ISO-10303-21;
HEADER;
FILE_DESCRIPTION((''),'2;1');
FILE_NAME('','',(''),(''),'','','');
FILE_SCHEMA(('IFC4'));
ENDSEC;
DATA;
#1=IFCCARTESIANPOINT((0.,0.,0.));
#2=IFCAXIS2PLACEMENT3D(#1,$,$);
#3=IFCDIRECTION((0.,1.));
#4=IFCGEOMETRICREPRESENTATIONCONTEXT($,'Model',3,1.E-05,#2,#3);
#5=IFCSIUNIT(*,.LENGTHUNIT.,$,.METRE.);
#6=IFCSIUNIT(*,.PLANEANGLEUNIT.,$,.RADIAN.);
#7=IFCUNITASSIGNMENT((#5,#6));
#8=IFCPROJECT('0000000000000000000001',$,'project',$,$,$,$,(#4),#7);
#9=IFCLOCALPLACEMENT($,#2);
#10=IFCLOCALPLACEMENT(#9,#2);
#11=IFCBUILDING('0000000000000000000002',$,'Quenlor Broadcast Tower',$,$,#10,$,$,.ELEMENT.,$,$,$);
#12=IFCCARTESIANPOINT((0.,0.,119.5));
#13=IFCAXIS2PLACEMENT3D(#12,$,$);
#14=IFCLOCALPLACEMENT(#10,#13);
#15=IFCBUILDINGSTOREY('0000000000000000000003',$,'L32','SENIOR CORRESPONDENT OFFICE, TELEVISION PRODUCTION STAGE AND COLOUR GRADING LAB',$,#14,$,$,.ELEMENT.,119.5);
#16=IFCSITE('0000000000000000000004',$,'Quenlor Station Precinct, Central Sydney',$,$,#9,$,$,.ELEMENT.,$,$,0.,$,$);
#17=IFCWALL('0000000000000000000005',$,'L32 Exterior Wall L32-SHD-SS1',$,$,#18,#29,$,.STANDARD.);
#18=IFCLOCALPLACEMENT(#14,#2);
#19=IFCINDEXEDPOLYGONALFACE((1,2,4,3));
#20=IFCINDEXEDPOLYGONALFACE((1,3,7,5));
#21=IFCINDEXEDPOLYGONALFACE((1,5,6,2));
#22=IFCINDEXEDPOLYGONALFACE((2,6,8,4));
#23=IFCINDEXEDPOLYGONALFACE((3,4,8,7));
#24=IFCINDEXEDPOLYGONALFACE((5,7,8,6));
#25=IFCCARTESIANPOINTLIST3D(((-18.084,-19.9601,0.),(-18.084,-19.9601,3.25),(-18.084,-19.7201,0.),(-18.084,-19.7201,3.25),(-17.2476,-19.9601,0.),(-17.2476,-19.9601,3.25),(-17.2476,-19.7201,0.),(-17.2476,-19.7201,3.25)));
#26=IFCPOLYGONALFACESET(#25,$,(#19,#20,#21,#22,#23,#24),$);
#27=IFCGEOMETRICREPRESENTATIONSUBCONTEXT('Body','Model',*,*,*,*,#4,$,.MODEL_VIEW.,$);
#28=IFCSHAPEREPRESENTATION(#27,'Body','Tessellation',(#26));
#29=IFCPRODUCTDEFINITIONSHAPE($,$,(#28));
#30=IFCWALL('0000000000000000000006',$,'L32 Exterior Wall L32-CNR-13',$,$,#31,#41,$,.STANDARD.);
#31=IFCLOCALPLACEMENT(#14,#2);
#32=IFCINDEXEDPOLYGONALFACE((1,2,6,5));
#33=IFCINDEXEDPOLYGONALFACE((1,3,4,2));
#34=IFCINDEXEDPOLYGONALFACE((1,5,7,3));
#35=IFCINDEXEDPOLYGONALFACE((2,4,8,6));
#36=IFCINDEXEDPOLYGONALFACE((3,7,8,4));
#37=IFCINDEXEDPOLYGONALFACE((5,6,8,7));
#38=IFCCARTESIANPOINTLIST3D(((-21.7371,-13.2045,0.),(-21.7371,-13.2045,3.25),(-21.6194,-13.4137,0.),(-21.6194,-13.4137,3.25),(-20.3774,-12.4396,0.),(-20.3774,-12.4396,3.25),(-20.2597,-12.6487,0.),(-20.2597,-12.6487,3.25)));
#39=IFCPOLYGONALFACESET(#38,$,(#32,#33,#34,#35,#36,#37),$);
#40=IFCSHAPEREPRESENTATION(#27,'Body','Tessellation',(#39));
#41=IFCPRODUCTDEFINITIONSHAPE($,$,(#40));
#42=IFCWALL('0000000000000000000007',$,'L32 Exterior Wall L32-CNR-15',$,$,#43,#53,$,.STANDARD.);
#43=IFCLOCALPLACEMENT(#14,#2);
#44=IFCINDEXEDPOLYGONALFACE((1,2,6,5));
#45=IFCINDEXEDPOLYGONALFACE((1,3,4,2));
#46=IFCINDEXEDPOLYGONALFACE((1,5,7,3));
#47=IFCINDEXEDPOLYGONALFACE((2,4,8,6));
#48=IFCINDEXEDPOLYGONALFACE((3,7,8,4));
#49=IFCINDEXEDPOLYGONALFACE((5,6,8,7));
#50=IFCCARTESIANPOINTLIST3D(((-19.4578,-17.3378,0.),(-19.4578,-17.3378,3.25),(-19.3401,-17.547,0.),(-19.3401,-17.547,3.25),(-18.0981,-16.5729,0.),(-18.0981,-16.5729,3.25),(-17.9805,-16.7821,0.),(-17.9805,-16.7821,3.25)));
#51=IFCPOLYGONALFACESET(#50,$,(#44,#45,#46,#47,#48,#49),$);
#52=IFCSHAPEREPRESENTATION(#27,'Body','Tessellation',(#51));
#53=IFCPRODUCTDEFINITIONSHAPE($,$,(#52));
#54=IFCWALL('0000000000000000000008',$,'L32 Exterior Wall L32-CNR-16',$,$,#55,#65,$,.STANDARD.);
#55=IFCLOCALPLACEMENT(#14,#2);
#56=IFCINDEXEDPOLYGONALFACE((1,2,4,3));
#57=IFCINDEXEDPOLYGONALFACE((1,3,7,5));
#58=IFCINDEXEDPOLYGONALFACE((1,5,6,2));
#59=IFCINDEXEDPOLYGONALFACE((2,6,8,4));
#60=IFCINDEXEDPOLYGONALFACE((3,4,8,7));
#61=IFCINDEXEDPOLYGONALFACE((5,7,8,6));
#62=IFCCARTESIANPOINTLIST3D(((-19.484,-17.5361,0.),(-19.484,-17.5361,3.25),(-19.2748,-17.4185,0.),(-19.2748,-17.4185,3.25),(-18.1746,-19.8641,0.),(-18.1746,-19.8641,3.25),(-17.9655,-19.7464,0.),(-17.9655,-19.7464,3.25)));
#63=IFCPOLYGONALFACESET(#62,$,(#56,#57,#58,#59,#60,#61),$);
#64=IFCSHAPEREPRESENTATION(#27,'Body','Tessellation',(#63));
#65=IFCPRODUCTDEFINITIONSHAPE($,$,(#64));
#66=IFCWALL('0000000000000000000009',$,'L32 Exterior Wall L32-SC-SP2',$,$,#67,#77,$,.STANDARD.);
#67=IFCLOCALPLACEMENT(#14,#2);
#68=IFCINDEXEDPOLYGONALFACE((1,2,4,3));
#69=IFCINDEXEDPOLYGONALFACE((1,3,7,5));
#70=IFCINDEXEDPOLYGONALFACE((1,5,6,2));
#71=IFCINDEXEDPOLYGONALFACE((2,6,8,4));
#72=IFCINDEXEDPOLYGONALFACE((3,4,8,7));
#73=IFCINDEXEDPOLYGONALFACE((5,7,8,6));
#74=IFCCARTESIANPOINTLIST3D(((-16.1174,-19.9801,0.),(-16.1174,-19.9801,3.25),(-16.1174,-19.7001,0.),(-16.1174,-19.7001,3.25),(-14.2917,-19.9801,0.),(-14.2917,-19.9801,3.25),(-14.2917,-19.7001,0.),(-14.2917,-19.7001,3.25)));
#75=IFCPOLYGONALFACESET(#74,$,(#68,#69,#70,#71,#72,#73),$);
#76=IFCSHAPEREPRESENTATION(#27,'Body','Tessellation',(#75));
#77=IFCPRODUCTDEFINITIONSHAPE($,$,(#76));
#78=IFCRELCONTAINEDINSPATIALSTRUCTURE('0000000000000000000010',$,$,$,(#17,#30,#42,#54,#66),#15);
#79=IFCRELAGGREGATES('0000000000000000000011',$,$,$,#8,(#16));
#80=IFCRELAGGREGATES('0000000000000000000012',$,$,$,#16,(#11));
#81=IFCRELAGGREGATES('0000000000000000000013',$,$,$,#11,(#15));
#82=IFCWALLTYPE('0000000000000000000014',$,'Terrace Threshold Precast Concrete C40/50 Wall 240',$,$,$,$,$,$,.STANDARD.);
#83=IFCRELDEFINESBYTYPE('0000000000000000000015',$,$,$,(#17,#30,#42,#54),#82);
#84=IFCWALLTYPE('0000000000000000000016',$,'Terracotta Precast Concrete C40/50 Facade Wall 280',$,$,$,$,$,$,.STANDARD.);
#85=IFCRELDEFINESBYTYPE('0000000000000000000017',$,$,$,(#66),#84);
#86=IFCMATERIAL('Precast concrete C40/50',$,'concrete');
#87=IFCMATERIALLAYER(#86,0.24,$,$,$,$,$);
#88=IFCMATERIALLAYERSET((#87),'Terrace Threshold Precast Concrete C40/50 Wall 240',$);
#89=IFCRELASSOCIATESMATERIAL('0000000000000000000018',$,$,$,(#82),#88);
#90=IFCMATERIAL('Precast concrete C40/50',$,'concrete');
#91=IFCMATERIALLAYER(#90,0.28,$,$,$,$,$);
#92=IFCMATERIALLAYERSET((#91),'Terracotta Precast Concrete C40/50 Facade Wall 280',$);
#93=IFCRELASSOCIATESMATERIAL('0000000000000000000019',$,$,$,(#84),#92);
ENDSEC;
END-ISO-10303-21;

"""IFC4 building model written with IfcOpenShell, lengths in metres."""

from ifc_helpers import new_model, si_unit, direction, frame, frame_2d, origin, place, context, subcontext, project, spatial, rectangle, extrude, material, layer, layer_set, type_object, element, save


model = new_model("IFC4")

# Units and contexts
model_context = context("Model", 3, precision=1e-05, world=origin(), true_north=direction((0.0, 1.0)))
body_context = subcontext(model_context, "Body", "Model", "MODEL_VIEW")
ifc_project = project(units=[si_unit("LENGTHUNIT", "METRE"), si_unit("PLANEANGLEUNIT", "RADIAN")], contexts=[model_context])

# Site, building, storey
site_placement = place(None, origin())
site = spatial("IfcSite", under=ifc_project, at=site_placement, Name="Quenlor Station Precinct, Central Sydney", CompositionType="ELEMENT", RefElevation=0.0)
building_placement = place(site_placement, origin())
building = spatial("IfcBuilding", under=site, at=building_placement, Name="Quenlor Broadcast Tower", CompositionType="ELEMENT")
storey_placement = place(building_placement, frame((0.0, 0.0, 119.5)))
storey = spatial("IfcBuildingStorey", under=building, at=storey_placement, Name="L32", Description="SENIOR CORRESPONDENT OFFICE, TELEVISION PRODUCTION STAGE AND COLOUR GRADING LAB", CompositionType="ELEMENT", Elevation=119.5)

# Walls
ifc_material_1 = material(Name="Precast concrete C40/50", Category="concrete")
ifc_layer_1 = layer(ifc_material_1, 0.24)
ifc_layer_set_1 = layer_set([ifc_layer_1], Name="Terrace Threshold Precast Concrete C40/50 Wall 240")
wall_type_1 = type_object("IfcWallType", Name="Terrace Threshold Precast Concrete C40/50 Wall 240", PredefinedType="STANDARD", material=ifc_layer_set_1)
wall_1_placement = place(storey_placement, frame((-17.2476, -19.8401, 0.0), z_axis=(0.0, 0.0, 1.0), x_axis=(-1.0, 0.0, 0.0)))
element("IfcWall", 1, at=wall_1_placement, inside=storey, type_object=wall_type_1, Name="L32 Exterior Wall L32-SHD-SS1", PredefinedType="STANDARD", context=body_context, shape_type="SweptSolid", body=[
    extrude(rectangle(XDim=0.8364, YDim=0.24, at=frame_2d((0.4182, 0.0))), origin(), (0.0, 0.0, 1.0), 3.25),
])
for number, where, z_axis, x_axis, name in (
    (2, (-21.6782, -13.3091, 0.0), (0.0, 0.0, 1.0), (0.871546, 0.490313, 0.0), "L32 Exterior Wall L32-CNR-13"),
    (3, (-18.0393, -16.6775, 0.0), (0.0, 0.0, 1.0), (-0.871546, -0.490313, 0.0), "L32 Exterior Wall L32-CNR-15"),
):
    element("IfcWall", number, at=place(storey_placement, frame(where, z_axis=z_axis, x_axis=x_axis)), inside=storey, type_object=wall_type_1, Name=name, PredefinedType="STANDARD", context=body_context, shape_type="SweptSolid", body=[
        extrude(rectangle(XDim=1.5601, YDim=0.24, at=frame_2d((0.78, 0.0))), origin(), (0.0, 0.0, 1.0), 3.25),
    ])
wall_2_placement = place(storey_placement, frame((-19.3794, -17.4773, 0.0), z_axis=(0.0, 0.0, 1.0), x_axis=(0.490231, -0.871593, 0.0)))
element("IfcWall", 4, at=wall_2_placement, inside=storey, type_object=wall_type_1, Name="L32 Exterior Wall L32-CNR-16", PredefinedType="STANDARD", context=body_context, shape_type="SweptSolid", body=[
    extrude(rectangle(XDim=2.6709, YDim=0.24, at=frame_2d((1.3354, 0.0))), origin(), (0.0, 0.0, 1.0), 3.25),
])
ifc_material_2 = material(Name="Precast concrete C40/50", Category="concrete")
ifc_layer_2 = layer(ifc_material_2, 0.28)
ifc_layer_set_2 = layer_set([ifc_layer_2], Name="Terracotta Precast Concrete C40/50 Facade Wall 280")
wall_type_2 = type_object("IfcWallType", Name="Terracotta Precast Concrete C40/50 Facade Wall 280", PredefinedType="STANDARD", material=ifc_layer_set_2)
wall_3_placement = place(storey_placement, frame((-14.2917, -19.8401, 0.0), z_axis=(0.0, 0.0, 1.0), x_axis=(-1.0, 0.0, 0.0)))
element("IfcWall", 5, at=wall_3_placement, inside=storey, type_object=wall_type_2, Name="L32 Exterior Wall L32-SC-SP2", PredefinedType="STANDARD", context=body_context, shape_type="SweptSolid", body=[
    extrude(rectangle(XDim=1.8257, YDim=0.28, at=frame_2d((0.9128, 0.0))), origin(), (0.0, 0.0, 1.0), 3.25),
])

save(model, "model.ifc")
